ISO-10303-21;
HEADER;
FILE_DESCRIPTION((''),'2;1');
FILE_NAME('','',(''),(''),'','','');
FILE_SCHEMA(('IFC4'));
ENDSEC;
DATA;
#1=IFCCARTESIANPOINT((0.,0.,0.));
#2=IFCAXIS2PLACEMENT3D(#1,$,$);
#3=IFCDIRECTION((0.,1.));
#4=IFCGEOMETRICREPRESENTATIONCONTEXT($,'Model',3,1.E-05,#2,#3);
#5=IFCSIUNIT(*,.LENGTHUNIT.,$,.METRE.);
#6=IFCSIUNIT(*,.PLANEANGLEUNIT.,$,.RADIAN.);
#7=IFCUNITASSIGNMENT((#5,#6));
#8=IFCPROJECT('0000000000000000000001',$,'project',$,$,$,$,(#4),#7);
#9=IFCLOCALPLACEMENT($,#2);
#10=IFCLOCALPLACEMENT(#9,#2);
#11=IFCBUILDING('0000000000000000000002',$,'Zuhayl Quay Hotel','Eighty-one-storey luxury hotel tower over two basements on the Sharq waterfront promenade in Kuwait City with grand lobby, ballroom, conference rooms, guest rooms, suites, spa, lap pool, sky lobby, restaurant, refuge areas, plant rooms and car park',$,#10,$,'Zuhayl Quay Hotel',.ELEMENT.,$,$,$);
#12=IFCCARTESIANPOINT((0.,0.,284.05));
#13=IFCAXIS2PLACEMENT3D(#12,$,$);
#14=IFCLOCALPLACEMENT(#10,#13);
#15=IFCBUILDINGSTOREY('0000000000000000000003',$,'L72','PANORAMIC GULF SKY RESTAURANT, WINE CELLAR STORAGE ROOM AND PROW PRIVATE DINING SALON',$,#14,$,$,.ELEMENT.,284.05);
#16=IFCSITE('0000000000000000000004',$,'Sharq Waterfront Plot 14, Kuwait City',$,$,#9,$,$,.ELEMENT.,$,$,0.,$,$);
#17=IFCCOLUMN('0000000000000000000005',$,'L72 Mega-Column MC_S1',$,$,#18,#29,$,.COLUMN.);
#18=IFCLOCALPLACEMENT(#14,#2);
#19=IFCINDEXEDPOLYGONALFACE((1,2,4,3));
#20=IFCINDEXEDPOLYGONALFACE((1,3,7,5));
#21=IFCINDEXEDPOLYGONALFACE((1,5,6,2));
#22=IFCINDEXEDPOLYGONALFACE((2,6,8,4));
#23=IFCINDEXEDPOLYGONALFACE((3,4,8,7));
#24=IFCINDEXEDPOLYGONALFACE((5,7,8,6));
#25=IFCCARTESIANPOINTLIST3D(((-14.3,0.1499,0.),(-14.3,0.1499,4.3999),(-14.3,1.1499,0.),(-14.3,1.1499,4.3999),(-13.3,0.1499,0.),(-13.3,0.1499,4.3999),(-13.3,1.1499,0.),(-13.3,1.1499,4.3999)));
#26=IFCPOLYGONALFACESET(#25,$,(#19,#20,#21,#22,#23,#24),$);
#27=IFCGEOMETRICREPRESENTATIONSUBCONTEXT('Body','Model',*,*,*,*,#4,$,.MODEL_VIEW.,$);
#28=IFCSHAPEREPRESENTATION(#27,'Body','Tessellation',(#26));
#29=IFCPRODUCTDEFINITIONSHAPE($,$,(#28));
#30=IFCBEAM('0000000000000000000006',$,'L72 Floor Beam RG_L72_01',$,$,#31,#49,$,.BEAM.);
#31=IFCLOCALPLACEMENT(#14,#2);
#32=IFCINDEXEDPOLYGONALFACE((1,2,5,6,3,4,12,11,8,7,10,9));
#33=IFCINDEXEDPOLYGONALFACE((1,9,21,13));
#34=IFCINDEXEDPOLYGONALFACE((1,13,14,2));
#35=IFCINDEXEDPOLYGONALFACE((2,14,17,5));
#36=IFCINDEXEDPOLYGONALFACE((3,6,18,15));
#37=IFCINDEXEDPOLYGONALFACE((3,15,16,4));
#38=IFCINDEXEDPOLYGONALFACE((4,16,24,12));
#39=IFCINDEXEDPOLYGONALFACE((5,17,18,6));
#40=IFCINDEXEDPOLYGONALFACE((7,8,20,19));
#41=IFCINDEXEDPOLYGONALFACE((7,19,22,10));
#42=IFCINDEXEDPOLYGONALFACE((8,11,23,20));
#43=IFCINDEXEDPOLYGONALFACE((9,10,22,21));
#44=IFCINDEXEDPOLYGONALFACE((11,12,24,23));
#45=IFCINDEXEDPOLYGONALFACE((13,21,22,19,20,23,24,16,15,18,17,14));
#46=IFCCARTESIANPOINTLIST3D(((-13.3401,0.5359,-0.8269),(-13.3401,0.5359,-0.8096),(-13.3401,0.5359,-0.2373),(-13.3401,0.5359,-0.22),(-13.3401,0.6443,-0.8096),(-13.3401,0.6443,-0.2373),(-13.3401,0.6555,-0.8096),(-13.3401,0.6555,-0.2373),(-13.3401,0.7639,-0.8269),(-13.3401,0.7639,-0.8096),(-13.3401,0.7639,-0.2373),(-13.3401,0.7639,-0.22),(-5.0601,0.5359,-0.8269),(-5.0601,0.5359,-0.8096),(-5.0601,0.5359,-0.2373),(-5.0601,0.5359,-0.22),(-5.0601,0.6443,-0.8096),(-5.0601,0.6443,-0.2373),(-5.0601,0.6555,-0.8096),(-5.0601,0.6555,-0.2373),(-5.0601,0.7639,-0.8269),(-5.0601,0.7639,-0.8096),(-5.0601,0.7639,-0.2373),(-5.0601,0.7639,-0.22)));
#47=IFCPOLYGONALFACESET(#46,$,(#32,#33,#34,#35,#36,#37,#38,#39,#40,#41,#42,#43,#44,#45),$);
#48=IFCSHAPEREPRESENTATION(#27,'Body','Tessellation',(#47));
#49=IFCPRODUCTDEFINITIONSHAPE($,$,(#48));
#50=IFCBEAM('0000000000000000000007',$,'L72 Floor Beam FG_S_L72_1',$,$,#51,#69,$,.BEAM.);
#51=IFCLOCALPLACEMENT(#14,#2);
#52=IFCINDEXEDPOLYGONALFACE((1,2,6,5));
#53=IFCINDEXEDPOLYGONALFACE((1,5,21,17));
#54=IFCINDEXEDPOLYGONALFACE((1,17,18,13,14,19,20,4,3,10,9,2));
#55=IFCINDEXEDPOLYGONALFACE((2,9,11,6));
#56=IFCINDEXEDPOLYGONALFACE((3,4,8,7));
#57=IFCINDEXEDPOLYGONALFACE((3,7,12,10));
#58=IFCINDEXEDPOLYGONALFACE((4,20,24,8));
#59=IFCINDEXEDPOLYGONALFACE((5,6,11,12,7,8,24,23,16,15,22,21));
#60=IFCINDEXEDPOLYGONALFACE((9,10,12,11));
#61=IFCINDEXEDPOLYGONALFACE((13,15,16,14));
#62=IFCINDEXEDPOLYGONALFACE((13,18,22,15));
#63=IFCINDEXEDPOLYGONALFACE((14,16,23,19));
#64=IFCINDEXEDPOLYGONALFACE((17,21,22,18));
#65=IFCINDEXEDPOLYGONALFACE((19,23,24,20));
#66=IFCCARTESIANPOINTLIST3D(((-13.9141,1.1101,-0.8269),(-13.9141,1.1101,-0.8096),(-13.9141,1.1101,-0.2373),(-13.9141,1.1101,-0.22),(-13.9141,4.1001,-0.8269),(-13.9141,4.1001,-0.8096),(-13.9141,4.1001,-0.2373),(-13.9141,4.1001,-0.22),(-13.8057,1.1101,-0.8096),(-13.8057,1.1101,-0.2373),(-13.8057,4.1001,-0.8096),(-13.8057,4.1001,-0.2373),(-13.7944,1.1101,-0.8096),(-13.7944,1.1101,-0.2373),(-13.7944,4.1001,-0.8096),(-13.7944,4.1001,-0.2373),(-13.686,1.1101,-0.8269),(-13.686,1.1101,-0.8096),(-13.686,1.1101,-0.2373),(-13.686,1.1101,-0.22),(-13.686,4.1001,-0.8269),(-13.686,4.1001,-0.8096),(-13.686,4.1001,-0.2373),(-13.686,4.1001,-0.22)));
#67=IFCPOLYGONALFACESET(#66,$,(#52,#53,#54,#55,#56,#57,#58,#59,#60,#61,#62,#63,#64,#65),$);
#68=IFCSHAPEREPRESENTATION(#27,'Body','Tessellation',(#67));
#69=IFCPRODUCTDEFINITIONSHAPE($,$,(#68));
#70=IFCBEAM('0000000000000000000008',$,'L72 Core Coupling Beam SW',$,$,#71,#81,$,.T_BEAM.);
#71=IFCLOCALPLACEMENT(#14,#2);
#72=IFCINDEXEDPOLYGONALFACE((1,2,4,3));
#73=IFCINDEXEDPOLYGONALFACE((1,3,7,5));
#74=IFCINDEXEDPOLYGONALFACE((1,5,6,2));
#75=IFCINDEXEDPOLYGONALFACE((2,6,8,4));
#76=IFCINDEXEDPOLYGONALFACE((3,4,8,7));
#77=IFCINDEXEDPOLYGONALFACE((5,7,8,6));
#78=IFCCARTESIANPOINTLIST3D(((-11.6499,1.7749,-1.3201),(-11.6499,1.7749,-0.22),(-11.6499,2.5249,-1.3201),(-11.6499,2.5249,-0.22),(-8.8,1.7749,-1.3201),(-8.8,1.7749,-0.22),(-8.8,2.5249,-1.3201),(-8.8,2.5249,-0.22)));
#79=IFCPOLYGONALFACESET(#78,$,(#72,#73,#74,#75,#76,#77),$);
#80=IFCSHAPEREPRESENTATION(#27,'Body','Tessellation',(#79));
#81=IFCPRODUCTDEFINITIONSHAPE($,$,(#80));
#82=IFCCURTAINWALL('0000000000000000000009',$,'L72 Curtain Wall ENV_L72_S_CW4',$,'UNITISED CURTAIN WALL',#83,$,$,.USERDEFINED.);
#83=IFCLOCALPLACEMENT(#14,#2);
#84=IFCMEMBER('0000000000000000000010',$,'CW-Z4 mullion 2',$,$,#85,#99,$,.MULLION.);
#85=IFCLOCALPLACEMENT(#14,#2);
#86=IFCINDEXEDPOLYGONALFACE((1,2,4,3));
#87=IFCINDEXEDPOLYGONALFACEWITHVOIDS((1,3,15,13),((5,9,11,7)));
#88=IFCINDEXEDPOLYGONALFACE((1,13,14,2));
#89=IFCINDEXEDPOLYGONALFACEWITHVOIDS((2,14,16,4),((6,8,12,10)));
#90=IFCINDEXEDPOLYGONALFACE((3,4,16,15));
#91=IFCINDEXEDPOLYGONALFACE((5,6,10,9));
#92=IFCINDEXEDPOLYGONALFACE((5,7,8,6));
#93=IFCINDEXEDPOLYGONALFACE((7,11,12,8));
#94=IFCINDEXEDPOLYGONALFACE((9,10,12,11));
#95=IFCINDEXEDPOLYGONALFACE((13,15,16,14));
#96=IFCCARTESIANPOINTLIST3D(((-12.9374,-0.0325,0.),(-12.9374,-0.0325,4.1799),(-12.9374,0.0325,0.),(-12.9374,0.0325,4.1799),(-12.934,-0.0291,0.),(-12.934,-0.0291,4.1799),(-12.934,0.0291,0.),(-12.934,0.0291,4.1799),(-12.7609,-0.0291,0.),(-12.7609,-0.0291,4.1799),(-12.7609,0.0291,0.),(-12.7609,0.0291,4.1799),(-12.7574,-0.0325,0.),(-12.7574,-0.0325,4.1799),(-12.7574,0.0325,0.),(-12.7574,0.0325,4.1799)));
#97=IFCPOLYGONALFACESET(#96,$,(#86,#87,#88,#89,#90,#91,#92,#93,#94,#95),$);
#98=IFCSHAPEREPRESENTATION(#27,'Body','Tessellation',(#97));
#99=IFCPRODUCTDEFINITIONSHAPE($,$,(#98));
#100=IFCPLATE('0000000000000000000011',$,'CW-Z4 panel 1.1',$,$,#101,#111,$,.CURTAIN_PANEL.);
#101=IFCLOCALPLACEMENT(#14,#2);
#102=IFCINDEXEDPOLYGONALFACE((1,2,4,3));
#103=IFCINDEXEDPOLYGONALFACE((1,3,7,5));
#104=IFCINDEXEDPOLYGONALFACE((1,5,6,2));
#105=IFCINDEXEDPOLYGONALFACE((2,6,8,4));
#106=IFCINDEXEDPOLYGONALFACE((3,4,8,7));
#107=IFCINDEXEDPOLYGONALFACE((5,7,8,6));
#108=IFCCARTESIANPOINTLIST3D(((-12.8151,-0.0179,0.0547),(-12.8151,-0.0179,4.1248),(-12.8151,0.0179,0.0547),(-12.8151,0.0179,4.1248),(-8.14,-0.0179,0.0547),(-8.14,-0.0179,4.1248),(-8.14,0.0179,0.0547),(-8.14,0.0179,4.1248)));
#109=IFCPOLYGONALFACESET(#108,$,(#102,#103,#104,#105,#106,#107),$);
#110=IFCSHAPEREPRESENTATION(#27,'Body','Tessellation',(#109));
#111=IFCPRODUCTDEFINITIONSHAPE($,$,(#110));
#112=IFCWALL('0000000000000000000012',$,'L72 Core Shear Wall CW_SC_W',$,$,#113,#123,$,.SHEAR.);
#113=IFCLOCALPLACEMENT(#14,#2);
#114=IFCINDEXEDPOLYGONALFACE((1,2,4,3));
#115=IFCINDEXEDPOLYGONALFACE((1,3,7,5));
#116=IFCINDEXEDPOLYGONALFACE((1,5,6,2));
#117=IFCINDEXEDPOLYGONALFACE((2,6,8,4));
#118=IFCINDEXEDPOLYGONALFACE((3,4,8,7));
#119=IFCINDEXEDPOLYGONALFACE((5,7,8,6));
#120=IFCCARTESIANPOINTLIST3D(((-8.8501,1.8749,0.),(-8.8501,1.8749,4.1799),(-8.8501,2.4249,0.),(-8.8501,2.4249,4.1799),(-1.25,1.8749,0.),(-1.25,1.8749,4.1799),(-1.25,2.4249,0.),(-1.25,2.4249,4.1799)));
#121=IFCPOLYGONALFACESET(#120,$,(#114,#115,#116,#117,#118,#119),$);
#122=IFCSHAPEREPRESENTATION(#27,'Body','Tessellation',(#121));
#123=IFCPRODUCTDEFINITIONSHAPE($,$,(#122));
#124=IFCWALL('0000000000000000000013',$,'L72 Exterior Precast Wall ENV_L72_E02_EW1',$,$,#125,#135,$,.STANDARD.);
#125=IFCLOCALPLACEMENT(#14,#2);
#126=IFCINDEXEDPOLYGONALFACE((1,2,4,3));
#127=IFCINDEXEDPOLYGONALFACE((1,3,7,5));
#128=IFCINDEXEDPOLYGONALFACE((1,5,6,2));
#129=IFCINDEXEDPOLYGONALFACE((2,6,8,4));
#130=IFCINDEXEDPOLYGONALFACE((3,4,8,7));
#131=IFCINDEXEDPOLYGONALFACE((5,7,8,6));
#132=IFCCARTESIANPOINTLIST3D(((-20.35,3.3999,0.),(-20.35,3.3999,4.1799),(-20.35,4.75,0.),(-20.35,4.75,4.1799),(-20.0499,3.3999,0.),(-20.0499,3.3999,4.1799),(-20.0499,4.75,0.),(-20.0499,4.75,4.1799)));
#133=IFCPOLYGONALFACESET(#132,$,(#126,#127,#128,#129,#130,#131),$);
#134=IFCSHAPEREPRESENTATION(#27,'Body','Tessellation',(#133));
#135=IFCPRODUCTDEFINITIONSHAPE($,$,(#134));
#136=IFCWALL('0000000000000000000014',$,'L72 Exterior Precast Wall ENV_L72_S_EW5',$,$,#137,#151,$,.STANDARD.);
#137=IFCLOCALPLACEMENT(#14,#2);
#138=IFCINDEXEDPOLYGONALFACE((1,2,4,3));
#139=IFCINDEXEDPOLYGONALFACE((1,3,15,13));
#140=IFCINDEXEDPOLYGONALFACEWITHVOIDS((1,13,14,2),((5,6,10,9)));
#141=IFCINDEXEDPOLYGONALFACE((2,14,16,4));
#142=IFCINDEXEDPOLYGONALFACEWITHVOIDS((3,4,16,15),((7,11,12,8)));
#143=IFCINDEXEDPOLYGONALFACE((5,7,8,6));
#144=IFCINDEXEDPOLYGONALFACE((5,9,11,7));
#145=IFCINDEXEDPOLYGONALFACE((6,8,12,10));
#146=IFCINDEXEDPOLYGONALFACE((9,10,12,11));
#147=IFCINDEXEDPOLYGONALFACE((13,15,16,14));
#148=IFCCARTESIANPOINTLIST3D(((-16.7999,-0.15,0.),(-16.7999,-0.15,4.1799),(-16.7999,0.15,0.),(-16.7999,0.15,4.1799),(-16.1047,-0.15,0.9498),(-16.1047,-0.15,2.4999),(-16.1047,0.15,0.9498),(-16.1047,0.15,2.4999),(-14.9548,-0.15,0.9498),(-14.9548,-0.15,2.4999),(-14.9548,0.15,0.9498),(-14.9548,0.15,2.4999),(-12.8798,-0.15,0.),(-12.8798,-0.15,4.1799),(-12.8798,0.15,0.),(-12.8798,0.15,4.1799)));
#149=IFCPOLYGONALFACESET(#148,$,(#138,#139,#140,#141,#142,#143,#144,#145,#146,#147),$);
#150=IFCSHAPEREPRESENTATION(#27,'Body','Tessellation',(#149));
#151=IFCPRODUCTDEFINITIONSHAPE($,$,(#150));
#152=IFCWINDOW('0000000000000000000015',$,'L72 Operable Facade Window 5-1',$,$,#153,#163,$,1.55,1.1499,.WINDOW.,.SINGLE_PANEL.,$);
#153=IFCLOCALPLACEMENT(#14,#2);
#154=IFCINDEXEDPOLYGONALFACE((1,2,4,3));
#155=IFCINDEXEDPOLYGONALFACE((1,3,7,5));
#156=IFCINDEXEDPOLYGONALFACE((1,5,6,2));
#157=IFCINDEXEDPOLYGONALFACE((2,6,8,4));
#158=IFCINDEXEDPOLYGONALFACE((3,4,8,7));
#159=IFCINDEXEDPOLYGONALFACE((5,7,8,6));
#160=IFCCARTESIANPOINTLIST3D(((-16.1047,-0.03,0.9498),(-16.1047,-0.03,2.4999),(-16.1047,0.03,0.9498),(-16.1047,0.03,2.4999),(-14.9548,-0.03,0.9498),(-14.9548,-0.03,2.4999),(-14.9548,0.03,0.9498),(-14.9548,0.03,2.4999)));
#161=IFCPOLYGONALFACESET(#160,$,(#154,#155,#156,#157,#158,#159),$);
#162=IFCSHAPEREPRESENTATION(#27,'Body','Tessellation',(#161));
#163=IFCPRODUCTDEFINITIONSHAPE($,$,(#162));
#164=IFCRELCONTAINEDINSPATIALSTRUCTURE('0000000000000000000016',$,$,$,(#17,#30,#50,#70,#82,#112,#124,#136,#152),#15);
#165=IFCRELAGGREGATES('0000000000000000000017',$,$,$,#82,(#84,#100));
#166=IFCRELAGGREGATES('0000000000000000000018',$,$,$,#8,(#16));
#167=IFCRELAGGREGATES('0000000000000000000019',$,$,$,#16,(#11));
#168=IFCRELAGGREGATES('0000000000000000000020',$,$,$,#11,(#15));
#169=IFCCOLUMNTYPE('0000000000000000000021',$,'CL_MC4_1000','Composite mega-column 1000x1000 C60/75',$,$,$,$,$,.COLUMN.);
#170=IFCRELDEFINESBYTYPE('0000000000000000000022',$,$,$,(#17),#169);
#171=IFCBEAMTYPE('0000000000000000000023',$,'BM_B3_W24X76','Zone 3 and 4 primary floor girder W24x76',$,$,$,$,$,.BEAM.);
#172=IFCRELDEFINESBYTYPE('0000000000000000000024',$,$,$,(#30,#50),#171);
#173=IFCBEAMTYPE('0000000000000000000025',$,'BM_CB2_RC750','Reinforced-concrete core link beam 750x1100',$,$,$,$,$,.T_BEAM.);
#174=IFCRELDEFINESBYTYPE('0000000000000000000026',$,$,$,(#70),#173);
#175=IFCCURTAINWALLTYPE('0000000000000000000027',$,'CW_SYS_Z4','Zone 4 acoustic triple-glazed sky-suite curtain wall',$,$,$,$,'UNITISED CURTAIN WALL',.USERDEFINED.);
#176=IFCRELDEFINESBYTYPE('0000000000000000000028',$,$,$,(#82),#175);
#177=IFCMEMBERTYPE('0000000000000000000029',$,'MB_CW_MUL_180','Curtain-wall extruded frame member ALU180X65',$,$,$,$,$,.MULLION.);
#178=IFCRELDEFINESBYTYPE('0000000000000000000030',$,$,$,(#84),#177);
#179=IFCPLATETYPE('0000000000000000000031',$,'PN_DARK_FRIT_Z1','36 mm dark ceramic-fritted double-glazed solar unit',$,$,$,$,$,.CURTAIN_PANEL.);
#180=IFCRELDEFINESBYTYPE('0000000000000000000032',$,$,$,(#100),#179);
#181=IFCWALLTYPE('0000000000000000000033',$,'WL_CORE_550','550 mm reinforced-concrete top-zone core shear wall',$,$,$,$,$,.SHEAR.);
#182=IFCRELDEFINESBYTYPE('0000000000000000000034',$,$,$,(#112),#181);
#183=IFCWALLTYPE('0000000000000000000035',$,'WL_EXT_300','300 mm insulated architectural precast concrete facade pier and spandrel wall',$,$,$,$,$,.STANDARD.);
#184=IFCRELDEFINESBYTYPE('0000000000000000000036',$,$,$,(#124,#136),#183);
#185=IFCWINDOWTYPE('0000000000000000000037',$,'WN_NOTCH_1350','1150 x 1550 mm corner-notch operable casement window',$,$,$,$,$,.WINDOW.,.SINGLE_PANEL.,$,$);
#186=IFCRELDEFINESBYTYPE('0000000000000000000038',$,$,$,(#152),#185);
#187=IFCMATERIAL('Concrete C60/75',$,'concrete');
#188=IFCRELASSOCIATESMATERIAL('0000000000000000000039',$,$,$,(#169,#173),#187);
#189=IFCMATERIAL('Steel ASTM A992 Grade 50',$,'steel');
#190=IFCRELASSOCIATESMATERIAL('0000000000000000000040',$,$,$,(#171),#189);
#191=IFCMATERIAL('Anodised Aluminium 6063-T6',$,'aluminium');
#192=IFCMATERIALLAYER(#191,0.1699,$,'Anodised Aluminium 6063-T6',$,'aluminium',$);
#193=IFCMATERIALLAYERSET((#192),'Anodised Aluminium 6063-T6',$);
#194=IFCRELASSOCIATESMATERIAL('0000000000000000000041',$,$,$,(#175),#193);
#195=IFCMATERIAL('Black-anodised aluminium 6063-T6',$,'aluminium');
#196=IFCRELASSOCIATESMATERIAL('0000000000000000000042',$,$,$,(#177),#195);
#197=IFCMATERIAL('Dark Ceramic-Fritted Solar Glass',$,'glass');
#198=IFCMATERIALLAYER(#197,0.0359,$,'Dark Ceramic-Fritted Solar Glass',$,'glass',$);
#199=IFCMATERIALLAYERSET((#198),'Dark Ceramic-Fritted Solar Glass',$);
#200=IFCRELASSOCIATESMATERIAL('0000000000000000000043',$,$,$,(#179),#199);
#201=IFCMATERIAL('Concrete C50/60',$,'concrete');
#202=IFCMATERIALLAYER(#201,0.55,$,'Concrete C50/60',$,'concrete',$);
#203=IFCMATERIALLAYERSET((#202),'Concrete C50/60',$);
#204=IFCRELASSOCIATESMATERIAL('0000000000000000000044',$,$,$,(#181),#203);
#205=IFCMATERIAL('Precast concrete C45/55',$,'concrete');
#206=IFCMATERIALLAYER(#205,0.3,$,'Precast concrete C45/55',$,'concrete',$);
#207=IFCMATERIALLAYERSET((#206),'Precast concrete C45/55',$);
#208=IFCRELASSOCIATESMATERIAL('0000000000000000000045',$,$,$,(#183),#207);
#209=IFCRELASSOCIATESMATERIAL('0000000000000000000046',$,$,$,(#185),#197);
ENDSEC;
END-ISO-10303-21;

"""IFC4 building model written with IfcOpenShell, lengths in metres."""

from ifc_helpers import new_model, si_unit, direction, frame, frame_2d, origin, origin_2d, place, context, subcontext, project, spatial, rectangle, hollow_rectangle, i_section, extrude, material, layer, layer_set, material_profile, profile_set, type_object, element, fill, aggregate, save


model = new_model("IFC4")

# Units and contexts
model_context = context("Model", 3, precision=1e-05, world=origin(), true_north=direction((0.0, 1.0)))
body_context = subcontext(model_context, "Body", "Model", "MODEL_VIEW")
ifc_project = project(units=[si_unit("LENGTHUNIT", "METRE"), si_unit("PLANEANGLEUNIT", "RADIAN")], contexts=[model_context])

# Site, building, storey
site_placement = place(None, origin())
site = spatial("IfcSite", under=ifc_project, at=site_placement, Name="Sharq Waterfront Plot 14, Kuwait City", CompositionType="ELEMENT", RefElevation=0.0)
building_placement = place(site_placement, origin())
building = spatial("IfcBuilding", under=site, at=building_placement, Name="Zuhayl Quay Hotel", Description="Eighty-one-storey luxury hotel tower over two basements on the Sharq waterfront promenade in Kuwait City with grand lobby, ballroom, conference rooms, guest rooms, suites, spa, lap pool, sky lobby, restaurant, refuge areas, plant rooms and car park", LongName="Zuhayl Quay Hotel", CompositionType="ELEMENT")
storey_placement = place(building_placement, frame((0.0, 0.0, 284.05)))
storey = spatial("IfcBuildingStorey", under=building, at=storey_placement, Name="L72", Description="PANORAMIC GULF SKY RESTAURANT, WINE CELLAR STORAGE ROOM AND PROW PRIVATE DINING SALON", CompositionType="ELEMENT", Elevation=284.05)

# Column
ifc_material_1 = material(Name="Concrete C60/75", Category="concrete")
ifc_material_profile_1 = material_profile(ifc_material_1, rectangle(XDim=1.0, YDim=1.0, at=origin_2d()), Name="RC1000X1000")
ifc_profile_set_1 = profile_set([ifc_material_profile_1], Name="Concrete C60/75")
column_type = type_object("IfcColumnType", Name="CL_MC4_1000", Description="Composite mega-column 1000x1000 C60/75", PredefinedType="COLUMN", material=ifc_profile_set_1)
column_placement = place(storey_placement, frame((-13.8, 0.6499, 0.0), z_axis=(0.0, 0.0, 1.0), x_axis=(1.0, 0.0, 0.0)))
element("IfcColumn", 1, at=column_placement, inside=storey, type_object=column_type, Name="L72 Mega-Column MC_S1", PredefinedType="COLUMN", context=body_context, shape_type="SweptSolid", body=[
    extrude(rectangle(XDim=1.0, YDim=1.0, at=origin_2d()), origin(), (0.0, 0.0, 1.0), 4.3999),
])

# Beams
ifc_material_2 = material(Name="Steel ASTM A992 Grade 50", Category="steel")
ifc_material_profile_2 = material_profile(ifc_material_2, i_section(OverallWidth=0.228, OverallDepth=0.6069, WebThickness=0.0112, FlangeThickness=0.0173, at=origin_2d()), Name="W24X76")
ifc_profile_set_2 = profile_set([ifc_material_profile_2], Name="Steel ASTM A992 Grade 50")
beam_type_1 = type_object("IfcBeamType", Name="BM_B3_W24X76", Description="Zone 3 and 4 primary floor girder W24x76", PredefinedType="BEAM", material=ifc_profile_set_2)
beam_1_placement = place(storey_placement, frame((-13.3401, 0.6499, -0.5234), z_axis=(1.0, 0.0, 0.0), x_axis=(0.0, 1.0, 0.0)))
element("IfcBeam", 2, at=beam_1_placement, inside=storey, type_object=beam_type_1, Name="L72 Floor Beam RG_L72_01", PredefinedType="BEAM", context=body_context, shape_type="SweptSolid", body=[
    extrude(i_section(OverallWidth=0.228, OverallDepth=0.6069, WebThickness=0.0112, FlangeThickness=0.0173, at=origin_2d()), origin(), (0.0, 0.0, 1.0), 8.28),
])
beam_2_placement = place(storey_placement, frame((-13.8, 1.1101, -0.5234), z_axis=(0.0, 1.0, 0.0), x_axis=(-1.0, 0.0, 0.0)))
element("IfcBeam", 3, at=beam_2_placement, inside=storey, type_object=beam_type_1, Name="L72 Floor Beam FG_S_L72_1", PredefinedType="BEAM", context=body_context, shape_type="SweptSolid", body=[
    extrude(i_section(OverallWidth=0.228, OverallDepth=0.6069, WebThickness=0.0112, FlangeThickness=0.0173, at=origin_2d()), origin(), (0.0, 0.0, 1.0), 2.99),
])
ifc_material_profile_3 = material_profile(ifc_material_1, rectangle(XDim=0.75, YDim=1.1001, at=origin_2d()), Name="RC750X1100")
ifc_profile_set_3 = profile_set([ifc_material_profile_3], Name="Concrete C60/75")
beam_type_2 = type_object("IfcBeamType", Name="BM_CB2_RC750", Description="Reinforced-concrete core link beam 750x1100", PredefinedType="T_BEAM", material=ifc_profile_set_3)
beam_3_placement = place(storey_placement, frame((-11.6499, 2.1499, -0.77), z_axis=(1.0, 0.0, 0.0), x_axis=(0.0, 1.0, 0.0)))
element("IfcBeam", 4, at=beam_3_placement, inside=storey, type_object=beam_type_2, Name="L72 Core Coupling Beam SW", PredefinedType="T_BEAM", context=body_context, shape_type="SweptSolid", body=[
    extrude(rectangle(XDim=0.75, YDim=1.1001, at=origin_2d()), origin(), (0.0, 0.0, 1.0), 2.8499),
])

# Curtain wall, member, plate
ifc_material_3 = material(Name="Anodised Aluminium 6063-T6", Category="aluminium")
ifc_layer_1 = layer(ifc_material_3, 0.1699, Name="Anodised Aluminium 6063-T6", Category="aluminium")
ifc_layer_set_1 = layer_set([ifc_layer_1], Name="Anodised Aluminium 6063-T6")
curtain_wall_type = type_object("IfcCurtainWallType", Name="CW_SYS_Z4", Description="Zone 4 acoustic triple-glazed sky-suite curtain wall", ElementType="UNITISED CURTAIN WALL", PredefinedType="USERDEFINED", material=ifc_layer_set_1)
curtain_wall_placement = place(storey_placement, origin())
curtain_wall = element("IfcCurtainWall", 5, at=curtain_wall_placement, inside=storey, type_object=curtain_wall_type, Name="L72 Curtain Wall ENV_L72_S_CW4", ObjectType="UNITISED CURTAIN WALL", PredefinedType="USERDEFINED")
ifc_material_4 = material(Name="Black-anodised aluminium 6063-T6", Category="aluminium")
ifc_material_profile_4 = material_profile(ifc_material_4, hollow_rectangle(XDim=0.0649, YDim=0.1799, WallThickness=0.0034, at=origin_2d()), Name="ALU180X65")
ifc_profile_set_4 = profile_set([ifc_material_profile_4], Name="Black-anodised aluminium 6063-T6")
member_type = type_object("IfcMemberType", Name="MB_CW_MUL_180", Description="Curtain-wall extruded frame member ALU180X65", PredefinedType="MULLION", material=ifc_profile_set_4)
member_placement = place(storey_placement, frame((-12.8474, 0.0, 0.0), z_axis=(0.0, 0.0, 1.0), x_axis=(0.0, -1.0, 0.0)))
member = element("IfcMember", 6, at=member_placement, type_object=member_type, Name="CW-Z4 mullion 2", PredefinedType="MULLION", context=body_context, shape_type="SweptSolid", body=[
    extrude(hollow_rectangle(XDim=0.0649, YDim=0.1799, WallThickness=0.0034, at=origin_2d()), origin(), (0.0, 0.0, 1.0), 4.1799),
])
ifc_material_5 = material(Name="Dark Ceramic-Fritted Solar Glass", Category="glass")
ifc_layer_2 = layer(ifc_material_5, 0.0359, Name="Dark Ceramic-Fritted Solar Glass", Category="glass")
ifc_layer_set_2 = layer_set([ifc_layer_2], Name="Dark Ceramic-Fritted Solar Glass")
plate_type = type_object("IfcPlateType", Name="PN_DARK_FRIT_Z1", Description="36 mm dark ceramic-fritted double-glazed solar unit", PredefinedType="CURTAIN_PANEL", material=ifc_layer_set_2)
plate_placement = place(storey_placement, frame((-10.4775, 0.0, 0.0547), z_axis=(0.0, 0.0, 1.0), x_axis=(-1.0, 0.0, 0.0)))
plate = element("IfcPlate", 7, at=plate_placement, type_object=plate_type, Name="CW-Z4 panel 1.1", PredefinedType="CURTAIN_PANEL", context=body_context, shape_type="SweptSolid", body=[
    extrude(rectangle(XDim=4.675, YDim=0.0359, at=origin_2d()), origin(), (0.0, 0.0, 1.0), 4.0701),
])
aggregate(curtain_wall, [member, plate])

# Walls
ifc_material_6 = material(Name="Concrete C50/60", Category="concrete")
ifc_layer_3 = layer(ifc_material_6, 0.55, Name="Concrete C50/60", Category="concrete")
ifc_layer_set_3 = layer_set([ifc_layer_3], Name="Concrete C50/60")
wall_type_1 = type_object("IfcWallType", Name="WL_CORE_550", Description="550 mm reinforced-concrete top-zone core shear wall", PredefinedType="SHEAR", material=ifc_layer_set_3)
wall_1_placement = place(storey_placement, frame((-8.8501, 2.1499, 0.0), z_axis=(0.0, 0.0, 1.0), x_axis=(1.0, 0.0, 0.0)))
element("IfcWall", 8, at=wall_1_placement, inside=storey, type_object=wall_type_1, Name="L72 Core Shear Wall CW_SC_W", PredefinedType="SHEAR", context=body_context, shape_type="SweptSolid", body=[
    extrude(rectangle(XDim=7.6001, YDim=0.55, at=frame_2d((3.8, 0.0))), origin(), (0.0, 0.0, 1.0), 4.1799),
])
ifc_material_7 = material(Name="Precast concrete C45/55", Category="concrete")
ifc_layer_4 = layer(ifc_material_7, 0.3, Name="Precast concrete C45/55", Category="concrete")
ifc_layer_set_4 = layer_set([ifc_layer_4], Name="Precast concrete C45/55")
wall_type_2 = type_object("IfcWallType", Name="WL_EXT_300", Description="300 mm insulated architectural precast concrete facade pier and spandrel wall", PredefinedType="STANDARD", material=ifc_layer_set_4)
wall_2_placement = place(storey_placement, frame((-20.2, 3.3999, 0.0), z_axis=(0.0, 0.0, 1.0), x_axis=(0.0, 1.0, 0.0)))
element("IfcWall", 9, at=wall_2_placement, inside=storey, type_object=wall_type_2, Name="L72 Exterior Precast Wall ENV_L72_E02_EW1", PredefinedType="STANDARD", context=body_context, shape_type="SweptSolid", body=[
    extrude(rectangle(XDim=1.3501, YDim=0.3, at=frame_2d((0.675, 0.0))), origin(), (0.0, 0.0, 1.0), 4.1799),
])

# Wall, opening, window
wall_3_placement = place(storey_placement, frame((-12.8799, 0.0, 0.0), z_axis=(0.0, 0.0, 1.0), x_axis=(-1.0, 0.0, 0.0)))
wall_3 = element("IfcWall", 10, at=wall_3_placement, inside=storey, type_object=wall_type_2, Name="L72 Exterior Precast Wall ENV_L72_S_EW5", PredefinedType="STANDARD", context=body_context, shape_type="SweptSolid", body=[
    extrude(rectangle(XDim=3.9202, YDim=0.3, at=frame_2d((1.96, 0.0))), origin(), (0.0, 0.0, 1.0), 4.1799),
])
opening_1_placement = place(wall_3_placement, frame((2.075, 0.0, 0.95)))
opening_1 = element("IfcOpeningElement", 11, at=opening_1_placement, cuts=wall_3, PredefinedType="OPENING", context=body_context, shape_type="SweptSolid", body=[
    extrude(rectangle(XDim=1.1499, YDim=1.55, at=frame_2d((0.575, 0.7749))), frame((0.0, 0.1599, 0.0), z_axis=(0.0, -1.0, 0.0), x_axis=(1.0, 0.0, 0.0)), (0.0, 0.0, 1.0), 0.3201),
])
window_type = type_object("IfcWindowType", Name="WN_NOTCH_1350", Description="1150 x 1550 mm corner-notch operable casement window", PartitioningType="SINGLE_PANEL", PredefinedType="WINDOW", material=ifc_material_5)
window_placement = place(opening_1_placement, origin())
window = element("IfcWindow", 12, at=window_placement, inside=storey, type_object=window_type, Name="L72 Operable Facade Window 5-1", OverallHeight=1.55, OverallWidth=1.1499, PartitioningType="SINGLE_PANEL", PredefinedType="WINDOW", context=body_context, shape_type="SweptSolid", body=[
    extrude(rectangle(XDim=1.1499, YDim=1.55, at=frame_2d((0.575, 0.7749))), frame((0.0, 0.03, 0.0), z_axis=(0.0, -1.0, 0.0), x_axis=(1.0, 0.0, 0.0)), (0.0, 0.0, 1.0), 0.0601),
])
fill(opening_1, window)

save(model, "model.ifc")
